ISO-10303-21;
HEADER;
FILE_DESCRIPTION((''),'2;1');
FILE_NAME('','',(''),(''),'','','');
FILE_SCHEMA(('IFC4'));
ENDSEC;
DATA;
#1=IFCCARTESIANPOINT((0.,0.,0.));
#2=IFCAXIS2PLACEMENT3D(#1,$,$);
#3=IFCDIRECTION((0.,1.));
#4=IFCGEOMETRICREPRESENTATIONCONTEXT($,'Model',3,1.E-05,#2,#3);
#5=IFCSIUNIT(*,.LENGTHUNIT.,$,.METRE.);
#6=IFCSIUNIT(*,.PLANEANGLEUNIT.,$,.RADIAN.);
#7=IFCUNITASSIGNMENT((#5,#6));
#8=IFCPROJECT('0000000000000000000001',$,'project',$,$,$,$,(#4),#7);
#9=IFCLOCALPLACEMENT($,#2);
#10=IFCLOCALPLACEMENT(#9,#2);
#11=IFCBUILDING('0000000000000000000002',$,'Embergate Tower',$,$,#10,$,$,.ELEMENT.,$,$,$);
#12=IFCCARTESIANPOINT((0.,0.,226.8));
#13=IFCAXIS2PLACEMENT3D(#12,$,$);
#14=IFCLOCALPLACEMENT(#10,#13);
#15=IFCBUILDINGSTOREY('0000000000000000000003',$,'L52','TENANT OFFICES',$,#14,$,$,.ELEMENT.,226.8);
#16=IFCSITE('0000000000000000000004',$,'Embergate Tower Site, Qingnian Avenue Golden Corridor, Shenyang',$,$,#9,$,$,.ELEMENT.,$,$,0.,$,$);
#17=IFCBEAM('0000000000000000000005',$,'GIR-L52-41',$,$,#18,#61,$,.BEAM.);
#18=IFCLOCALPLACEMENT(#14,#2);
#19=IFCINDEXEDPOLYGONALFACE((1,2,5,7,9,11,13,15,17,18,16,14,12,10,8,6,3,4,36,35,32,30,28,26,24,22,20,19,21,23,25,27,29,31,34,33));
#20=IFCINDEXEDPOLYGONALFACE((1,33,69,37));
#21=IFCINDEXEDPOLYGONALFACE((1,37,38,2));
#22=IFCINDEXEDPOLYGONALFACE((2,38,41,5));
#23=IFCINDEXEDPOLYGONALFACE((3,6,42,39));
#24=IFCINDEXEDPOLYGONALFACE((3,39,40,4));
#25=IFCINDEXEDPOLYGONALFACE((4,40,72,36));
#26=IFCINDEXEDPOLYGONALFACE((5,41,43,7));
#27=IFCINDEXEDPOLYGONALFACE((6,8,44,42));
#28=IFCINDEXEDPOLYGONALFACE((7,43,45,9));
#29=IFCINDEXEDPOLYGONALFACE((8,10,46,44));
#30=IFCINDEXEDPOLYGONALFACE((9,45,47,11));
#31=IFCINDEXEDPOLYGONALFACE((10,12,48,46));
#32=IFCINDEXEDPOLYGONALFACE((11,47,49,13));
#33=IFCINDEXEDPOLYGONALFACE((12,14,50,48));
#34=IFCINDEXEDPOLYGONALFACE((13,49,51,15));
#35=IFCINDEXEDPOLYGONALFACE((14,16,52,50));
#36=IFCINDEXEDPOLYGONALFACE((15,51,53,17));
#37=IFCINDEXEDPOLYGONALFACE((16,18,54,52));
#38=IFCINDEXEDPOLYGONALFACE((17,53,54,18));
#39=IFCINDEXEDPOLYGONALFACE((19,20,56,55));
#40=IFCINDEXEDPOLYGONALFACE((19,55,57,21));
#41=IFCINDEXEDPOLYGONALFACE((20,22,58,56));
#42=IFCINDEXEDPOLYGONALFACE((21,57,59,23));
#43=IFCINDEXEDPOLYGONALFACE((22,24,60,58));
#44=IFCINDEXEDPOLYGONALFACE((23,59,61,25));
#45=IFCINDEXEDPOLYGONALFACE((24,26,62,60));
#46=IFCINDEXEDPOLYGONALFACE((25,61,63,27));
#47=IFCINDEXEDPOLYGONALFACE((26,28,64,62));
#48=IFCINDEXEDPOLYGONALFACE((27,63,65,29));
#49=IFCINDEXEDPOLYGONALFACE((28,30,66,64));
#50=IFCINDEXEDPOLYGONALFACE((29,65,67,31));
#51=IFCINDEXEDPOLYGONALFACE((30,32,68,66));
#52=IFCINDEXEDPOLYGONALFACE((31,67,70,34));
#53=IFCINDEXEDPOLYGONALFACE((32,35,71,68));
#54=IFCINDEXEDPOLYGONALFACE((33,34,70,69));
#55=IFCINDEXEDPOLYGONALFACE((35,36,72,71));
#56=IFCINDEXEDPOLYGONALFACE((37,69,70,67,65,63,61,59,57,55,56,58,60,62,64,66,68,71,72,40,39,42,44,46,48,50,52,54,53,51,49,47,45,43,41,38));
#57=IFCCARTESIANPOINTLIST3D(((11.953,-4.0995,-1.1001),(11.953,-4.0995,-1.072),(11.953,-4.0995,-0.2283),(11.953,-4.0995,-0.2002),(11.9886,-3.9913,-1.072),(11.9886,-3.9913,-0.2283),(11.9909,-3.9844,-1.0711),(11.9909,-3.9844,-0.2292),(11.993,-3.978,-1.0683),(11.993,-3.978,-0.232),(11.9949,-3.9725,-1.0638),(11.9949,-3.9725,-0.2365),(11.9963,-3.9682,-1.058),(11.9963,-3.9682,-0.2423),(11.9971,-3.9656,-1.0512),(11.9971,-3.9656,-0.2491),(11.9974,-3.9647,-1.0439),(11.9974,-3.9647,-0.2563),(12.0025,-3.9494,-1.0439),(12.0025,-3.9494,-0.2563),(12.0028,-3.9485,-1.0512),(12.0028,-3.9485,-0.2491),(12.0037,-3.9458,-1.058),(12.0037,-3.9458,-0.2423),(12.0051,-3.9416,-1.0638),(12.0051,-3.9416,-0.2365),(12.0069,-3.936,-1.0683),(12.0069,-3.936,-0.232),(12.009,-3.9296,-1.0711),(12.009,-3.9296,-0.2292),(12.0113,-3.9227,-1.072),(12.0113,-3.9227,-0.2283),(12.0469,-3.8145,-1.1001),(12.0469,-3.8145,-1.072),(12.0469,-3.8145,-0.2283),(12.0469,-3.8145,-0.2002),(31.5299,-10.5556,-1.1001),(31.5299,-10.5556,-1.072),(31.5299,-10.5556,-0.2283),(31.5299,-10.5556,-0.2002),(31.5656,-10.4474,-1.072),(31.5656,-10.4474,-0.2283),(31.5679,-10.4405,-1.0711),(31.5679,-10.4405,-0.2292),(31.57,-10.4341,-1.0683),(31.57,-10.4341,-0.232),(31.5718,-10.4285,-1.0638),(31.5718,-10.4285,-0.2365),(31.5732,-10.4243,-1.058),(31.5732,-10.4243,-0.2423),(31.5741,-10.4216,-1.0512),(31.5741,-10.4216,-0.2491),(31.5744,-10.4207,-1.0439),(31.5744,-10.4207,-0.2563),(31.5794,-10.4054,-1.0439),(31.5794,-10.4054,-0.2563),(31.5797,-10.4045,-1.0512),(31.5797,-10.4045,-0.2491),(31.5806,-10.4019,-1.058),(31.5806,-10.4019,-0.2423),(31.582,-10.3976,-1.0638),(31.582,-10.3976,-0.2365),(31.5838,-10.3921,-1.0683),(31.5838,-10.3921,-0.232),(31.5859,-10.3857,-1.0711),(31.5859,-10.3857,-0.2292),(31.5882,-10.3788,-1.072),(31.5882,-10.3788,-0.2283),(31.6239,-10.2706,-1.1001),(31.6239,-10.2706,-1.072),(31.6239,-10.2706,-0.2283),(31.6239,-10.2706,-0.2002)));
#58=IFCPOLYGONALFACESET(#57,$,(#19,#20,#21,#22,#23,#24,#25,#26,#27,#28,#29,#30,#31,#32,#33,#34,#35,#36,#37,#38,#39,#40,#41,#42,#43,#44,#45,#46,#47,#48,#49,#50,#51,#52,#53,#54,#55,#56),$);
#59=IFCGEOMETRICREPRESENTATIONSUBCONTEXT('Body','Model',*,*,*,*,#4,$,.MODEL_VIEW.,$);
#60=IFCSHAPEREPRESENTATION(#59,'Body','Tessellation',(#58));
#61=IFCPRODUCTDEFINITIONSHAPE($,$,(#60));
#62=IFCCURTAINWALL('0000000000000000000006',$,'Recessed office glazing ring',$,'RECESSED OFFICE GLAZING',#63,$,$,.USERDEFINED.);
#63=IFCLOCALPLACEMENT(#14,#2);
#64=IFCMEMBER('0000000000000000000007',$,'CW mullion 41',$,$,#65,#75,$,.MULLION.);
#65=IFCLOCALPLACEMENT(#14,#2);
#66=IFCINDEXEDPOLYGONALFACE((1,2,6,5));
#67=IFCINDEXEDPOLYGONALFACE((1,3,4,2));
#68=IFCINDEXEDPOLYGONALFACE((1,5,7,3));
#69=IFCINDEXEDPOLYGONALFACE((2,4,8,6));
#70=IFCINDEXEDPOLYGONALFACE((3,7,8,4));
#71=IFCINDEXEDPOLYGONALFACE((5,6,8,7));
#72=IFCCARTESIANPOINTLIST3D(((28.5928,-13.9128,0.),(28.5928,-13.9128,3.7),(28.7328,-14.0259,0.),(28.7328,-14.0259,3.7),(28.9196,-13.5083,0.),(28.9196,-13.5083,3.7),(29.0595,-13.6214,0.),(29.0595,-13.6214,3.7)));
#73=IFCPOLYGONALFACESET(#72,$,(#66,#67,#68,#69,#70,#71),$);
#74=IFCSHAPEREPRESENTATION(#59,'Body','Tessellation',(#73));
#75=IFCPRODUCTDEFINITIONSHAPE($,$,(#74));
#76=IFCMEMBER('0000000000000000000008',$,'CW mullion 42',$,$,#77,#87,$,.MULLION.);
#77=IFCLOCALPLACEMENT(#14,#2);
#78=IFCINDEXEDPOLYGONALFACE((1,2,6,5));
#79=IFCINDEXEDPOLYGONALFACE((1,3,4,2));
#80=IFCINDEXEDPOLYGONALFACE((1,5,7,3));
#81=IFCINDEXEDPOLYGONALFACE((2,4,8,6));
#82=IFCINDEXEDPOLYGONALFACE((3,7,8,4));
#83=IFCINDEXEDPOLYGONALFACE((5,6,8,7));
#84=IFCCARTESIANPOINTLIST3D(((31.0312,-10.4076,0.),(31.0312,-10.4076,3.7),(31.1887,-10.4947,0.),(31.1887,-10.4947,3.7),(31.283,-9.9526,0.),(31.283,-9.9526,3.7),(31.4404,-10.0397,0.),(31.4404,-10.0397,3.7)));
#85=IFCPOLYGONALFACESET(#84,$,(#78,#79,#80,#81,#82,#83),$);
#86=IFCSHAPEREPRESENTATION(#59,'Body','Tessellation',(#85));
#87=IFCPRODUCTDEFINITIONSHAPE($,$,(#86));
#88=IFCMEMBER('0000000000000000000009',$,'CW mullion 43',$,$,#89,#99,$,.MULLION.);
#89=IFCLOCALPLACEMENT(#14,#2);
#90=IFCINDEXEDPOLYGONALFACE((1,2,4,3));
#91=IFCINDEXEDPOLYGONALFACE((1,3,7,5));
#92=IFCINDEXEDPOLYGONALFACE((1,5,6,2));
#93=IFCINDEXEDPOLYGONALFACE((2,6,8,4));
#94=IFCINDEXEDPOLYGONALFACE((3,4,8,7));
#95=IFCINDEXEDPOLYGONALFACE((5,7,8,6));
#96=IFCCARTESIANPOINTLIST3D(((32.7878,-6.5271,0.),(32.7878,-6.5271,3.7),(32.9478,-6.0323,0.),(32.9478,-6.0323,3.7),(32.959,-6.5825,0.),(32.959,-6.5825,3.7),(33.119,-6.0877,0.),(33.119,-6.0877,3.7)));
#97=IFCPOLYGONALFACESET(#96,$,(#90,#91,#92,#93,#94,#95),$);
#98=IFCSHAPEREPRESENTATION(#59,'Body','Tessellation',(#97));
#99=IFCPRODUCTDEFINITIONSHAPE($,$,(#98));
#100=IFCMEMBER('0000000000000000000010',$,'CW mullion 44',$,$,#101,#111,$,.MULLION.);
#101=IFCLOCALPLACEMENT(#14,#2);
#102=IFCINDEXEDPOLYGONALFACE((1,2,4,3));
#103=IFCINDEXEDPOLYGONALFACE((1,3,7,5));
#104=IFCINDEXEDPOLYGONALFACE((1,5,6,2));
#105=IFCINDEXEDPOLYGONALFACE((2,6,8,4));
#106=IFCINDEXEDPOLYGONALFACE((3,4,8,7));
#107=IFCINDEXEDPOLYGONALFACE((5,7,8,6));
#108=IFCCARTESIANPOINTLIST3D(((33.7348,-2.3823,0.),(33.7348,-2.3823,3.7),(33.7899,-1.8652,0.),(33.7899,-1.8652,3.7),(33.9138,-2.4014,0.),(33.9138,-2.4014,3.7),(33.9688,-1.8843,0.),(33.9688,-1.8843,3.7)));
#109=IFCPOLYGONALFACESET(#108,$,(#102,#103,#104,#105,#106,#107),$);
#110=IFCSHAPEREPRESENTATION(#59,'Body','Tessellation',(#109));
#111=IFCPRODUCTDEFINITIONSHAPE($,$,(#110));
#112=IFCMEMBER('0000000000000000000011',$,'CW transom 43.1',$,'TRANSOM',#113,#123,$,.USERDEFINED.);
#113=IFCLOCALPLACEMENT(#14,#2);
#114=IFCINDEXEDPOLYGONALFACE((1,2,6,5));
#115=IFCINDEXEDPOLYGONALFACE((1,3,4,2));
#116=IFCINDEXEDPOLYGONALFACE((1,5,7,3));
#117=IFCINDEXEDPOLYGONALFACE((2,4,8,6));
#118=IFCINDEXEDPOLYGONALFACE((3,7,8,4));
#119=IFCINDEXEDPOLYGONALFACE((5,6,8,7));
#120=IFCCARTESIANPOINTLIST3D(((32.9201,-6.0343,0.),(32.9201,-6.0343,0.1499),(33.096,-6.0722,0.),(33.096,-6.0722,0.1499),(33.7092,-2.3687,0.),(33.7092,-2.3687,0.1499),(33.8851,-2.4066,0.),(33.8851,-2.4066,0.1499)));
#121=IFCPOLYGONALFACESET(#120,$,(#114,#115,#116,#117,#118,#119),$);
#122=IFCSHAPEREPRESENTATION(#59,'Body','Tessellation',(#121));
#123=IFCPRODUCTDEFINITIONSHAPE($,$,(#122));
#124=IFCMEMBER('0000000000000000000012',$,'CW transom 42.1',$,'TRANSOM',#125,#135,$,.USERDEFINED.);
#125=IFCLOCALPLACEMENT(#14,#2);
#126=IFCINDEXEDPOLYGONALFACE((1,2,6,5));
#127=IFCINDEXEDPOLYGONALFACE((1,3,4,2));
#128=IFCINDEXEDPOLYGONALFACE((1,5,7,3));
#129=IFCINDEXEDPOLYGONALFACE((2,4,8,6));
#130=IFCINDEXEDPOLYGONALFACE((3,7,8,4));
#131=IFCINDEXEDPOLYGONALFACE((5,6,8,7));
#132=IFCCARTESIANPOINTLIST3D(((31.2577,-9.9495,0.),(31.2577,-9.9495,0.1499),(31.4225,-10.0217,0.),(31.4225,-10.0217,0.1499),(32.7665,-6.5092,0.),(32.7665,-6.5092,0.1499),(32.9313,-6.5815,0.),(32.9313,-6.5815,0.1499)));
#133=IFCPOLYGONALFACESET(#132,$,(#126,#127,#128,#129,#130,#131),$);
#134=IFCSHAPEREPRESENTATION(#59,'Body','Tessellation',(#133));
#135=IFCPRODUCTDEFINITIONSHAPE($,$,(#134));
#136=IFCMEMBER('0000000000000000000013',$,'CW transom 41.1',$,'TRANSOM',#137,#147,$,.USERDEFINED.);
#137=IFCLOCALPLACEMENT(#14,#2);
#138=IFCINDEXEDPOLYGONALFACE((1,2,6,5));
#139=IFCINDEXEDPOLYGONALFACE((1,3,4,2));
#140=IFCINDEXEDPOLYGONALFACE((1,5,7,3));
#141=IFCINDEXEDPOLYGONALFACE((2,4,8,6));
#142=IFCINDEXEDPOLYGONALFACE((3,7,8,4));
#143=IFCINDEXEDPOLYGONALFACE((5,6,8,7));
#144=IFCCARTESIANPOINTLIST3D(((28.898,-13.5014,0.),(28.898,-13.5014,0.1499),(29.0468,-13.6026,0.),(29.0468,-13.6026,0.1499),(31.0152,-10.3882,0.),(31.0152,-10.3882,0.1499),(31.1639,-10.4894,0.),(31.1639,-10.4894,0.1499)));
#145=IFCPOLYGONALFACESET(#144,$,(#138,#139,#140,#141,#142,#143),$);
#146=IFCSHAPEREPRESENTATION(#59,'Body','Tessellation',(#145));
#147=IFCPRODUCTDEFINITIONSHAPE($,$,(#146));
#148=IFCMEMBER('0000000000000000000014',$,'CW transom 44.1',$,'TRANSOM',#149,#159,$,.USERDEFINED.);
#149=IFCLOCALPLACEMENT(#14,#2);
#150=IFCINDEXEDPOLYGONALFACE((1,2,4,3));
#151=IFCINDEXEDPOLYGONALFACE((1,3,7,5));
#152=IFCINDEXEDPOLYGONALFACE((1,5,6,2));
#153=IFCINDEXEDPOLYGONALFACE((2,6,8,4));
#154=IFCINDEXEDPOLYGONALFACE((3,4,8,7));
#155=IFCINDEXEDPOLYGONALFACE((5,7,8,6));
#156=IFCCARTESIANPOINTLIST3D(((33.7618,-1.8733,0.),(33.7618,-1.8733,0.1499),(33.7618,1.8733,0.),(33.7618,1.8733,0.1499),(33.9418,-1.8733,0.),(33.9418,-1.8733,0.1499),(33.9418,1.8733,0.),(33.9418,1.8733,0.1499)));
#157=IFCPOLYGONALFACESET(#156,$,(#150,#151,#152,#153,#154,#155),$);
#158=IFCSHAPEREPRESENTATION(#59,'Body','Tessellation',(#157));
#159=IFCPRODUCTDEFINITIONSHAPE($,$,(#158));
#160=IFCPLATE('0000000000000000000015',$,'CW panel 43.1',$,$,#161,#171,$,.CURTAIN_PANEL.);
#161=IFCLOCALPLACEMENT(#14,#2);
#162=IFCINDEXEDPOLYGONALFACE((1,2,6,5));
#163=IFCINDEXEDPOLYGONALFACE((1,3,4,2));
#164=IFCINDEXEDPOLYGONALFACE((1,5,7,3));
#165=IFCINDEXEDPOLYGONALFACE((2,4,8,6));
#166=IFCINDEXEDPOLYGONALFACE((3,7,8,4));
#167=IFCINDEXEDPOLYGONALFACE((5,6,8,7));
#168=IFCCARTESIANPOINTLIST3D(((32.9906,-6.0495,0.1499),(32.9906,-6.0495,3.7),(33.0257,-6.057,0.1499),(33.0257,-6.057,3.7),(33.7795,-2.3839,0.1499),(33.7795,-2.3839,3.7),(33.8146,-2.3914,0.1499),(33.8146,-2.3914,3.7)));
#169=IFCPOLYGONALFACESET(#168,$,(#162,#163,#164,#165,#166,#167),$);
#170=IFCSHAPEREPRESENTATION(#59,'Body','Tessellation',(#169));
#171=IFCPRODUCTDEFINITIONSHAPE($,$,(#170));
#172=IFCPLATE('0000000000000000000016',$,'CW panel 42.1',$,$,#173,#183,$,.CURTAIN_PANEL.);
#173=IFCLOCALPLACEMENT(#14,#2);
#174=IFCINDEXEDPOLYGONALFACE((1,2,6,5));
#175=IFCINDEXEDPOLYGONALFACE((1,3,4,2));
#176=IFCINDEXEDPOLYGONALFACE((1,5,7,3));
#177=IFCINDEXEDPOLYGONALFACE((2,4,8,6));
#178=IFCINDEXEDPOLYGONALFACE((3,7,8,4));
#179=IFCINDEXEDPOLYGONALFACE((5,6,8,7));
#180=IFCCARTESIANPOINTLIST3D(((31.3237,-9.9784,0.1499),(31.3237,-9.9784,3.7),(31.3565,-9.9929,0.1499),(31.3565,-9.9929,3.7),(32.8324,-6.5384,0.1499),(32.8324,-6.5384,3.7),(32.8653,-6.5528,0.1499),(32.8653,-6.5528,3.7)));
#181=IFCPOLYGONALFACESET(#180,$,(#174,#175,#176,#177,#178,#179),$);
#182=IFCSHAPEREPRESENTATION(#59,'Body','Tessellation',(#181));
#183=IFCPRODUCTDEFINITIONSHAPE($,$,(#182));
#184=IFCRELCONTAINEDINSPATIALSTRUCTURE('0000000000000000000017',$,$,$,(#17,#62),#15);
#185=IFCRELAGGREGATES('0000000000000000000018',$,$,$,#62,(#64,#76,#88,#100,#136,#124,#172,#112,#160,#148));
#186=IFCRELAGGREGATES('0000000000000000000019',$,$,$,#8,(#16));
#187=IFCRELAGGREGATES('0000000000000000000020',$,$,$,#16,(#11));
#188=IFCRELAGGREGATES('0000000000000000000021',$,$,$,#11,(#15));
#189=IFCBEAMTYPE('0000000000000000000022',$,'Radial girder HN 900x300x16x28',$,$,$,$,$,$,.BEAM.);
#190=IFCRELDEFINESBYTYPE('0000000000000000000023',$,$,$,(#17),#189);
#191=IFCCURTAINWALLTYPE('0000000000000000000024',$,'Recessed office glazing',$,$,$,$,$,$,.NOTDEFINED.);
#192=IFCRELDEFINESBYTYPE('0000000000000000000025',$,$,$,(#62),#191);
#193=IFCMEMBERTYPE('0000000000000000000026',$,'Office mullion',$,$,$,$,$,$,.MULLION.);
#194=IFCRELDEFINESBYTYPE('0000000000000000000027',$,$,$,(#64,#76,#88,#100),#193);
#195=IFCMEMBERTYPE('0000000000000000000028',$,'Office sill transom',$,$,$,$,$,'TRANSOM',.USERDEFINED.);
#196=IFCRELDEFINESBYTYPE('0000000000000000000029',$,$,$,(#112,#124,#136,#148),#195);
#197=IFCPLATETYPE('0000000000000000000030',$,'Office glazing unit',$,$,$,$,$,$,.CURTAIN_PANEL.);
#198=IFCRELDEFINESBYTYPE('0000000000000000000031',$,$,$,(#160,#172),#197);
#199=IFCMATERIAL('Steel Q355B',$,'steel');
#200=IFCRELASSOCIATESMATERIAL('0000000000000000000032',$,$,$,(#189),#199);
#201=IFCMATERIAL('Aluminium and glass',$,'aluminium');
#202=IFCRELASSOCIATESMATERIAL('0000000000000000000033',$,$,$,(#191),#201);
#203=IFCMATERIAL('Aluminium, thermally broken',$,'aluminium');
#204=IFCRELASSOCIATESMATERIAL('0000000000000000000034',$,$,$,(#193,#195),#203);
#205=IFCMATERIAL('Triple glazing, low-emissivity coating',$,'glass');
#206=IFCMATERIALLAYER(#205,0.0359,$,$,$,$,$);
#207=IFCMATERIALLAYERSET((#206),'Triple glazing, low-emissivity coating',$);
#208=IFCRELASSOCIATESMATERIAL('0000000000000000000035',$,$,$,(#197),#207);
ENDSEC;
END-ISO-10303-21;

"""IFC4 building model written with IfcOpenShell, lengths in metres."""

from ifc_helpers import new_model, si_unit, direction, frame, origin, origin_2d, place, context, subcontext, project, spatial, rectangle, i_section, extrude, source, transform, mapped, material, layer, layer_set, material_profile, profile_set, type_object, element, aggregate, save


model = new_model("IFC4")

# Units and contexts
model_context = context("Model", 3, precision=1e-05, world=origin(), true_north=direction((0.0, 1.0)))
body_context = subcontext(model_context, "Body", "Model", "MODEL_VIEW")
ifc_project = project(units=[si_unit("LENGTHUNIT", "METRE"), si_unit("PLANEANGLEUNIT", "RADIAN")], contexts=[model_context])

# Site, building, storey
site_placement = place(None, origin())
site = spatial("IfcSite", under=ifc_project, at=site_placement, Name="Embergate Tower Site, Qingnian Avenue Golden Corridor, Shenyang", CompositionType="ELEMENT", RefElevation=0.0)
building_placement = place(site_placement, origin())
building = spatial("IfcBuilding", under=site, at=building_placement, Name="Embergate Tower", CompositionType="ELEMENT")
storey_placement = place(building_placement, frame((0.0, 0.0, 226.8)))
storey = spatial("IfcBuildingStorey", under=building, at=storey_placement, Name="L52", Description="TENANT OFFICES", CompositionType="ELEMENT", Elevation=226.8)

# Beam
ifc_material_1 = material(Name="Steel Q355B", Category="steel")
ifc_material_profile_1 = material_profile(ifc_material_1, i_section(OverallWidth=0.3, OverallDepth=0.8999, WebThickness=0.0161, FlangeThickness=0.0281, FilletRadius=0.0281, at=origin_2d()), Name="HN 900x300x16x28")
ifc_profile_set_1 = profile_set([ifc_material_profile_1], Name="Steel Q355 grade B")
beam_type_1 = type_object("IfcBeamType", Name="Radial girder HN 900x300x16x28", PredefinedType="BEAM", material=ifc_profile_set_1)
shared_shape_1 = source(origin(), body_context, "Body", "SweptSolid", [
    extrude(i_section(OverallWidth=0.3, OverallDepth=0.8999, WebThickness=0.0161, FlangeThickness=0.0281, FilletRadius=0.0281, at=origin_2d()), origin(), (0.0, 0.0, 1.0), 20.614),
])
beam_1_placement = place(storey_placement, frame((31.5769, -10.4131, -0.6501), z_axis=(-0.949691, 0.313188, 0.0), x_axis=(-0.313188, -0.949691, 0.0)))
element("IfcBeam", 1, at=beam_1_placement, inside=storey, type_object=beam_type_1, Name="GIR-L52-41", PredefinedType="BEAM", context=body_context, shape_type="MappedRepresentation", body=[
    mapped(shared_shape_1, transform((0.0, 0.0, 0.0))),
])

# Curtain wall, members, plates
ifc_material_2 = material(Name="Aluminium and glass", Category="aluminium")
curtain_wall_type = type_object("IfcCurtainWallType", Name="Recessed office glazing", PredefinedType="NOTDEFINED", material=ifc_material_2)
curtain_wall_placement = place(storey_placement, origin())
curtain_wall = element("IfcCurtainWall", 2, at=curtain_wall_placement, inside=storey, type_object=curtain_wall_type, Name="Recessed office glazing ring", ObjectType="RECESSED OFFICE GLAZING", PredefinedType="USERDEFINED")
ifc_material_3 = material(Name="Aluminium, thermally broken", Category="aluminium")
ifc_material_profile_2 = material_profile(ifc_material_3, rectangle(XDim=0.1799, YDim=0.52, at=origin_2d()), Name="AL 520x180")
ifc_profile_set_2 = profile_set([ifc_material_profile_2], Name="Aluminium, thermally broken")
member_type_1 = type_object("IfcMemberType", Name="Office mullion", PredefinedType="MULLION", material=ifc_profile_set_2)
shared_shape_2 = source(origin(), body_context, "Body", "SweptSolid", [
    extrude(rectangle(XDim=0.1799, YDim=0.52, at=origin_2d()), origin(), (0.0, 0.0, 1.0), 3.7),
])
member_1_placement = place(storey_placement, frame((28.8262, -13.7671, 0.0), z_axis=(0.0, 0.0, 1.0), x_axis=(-0.777873, 0.628422, 0.0)))
member_1 = element("IfcMember", 3, at=member_1_placement, type_object=member_type_1, Name="CW mullion 41", PredefinedType="MULLION", context=body_context, shape_type="MappedRepresentation", body=[
    mapped(shared_shape_2, transform((0.0, 0.0, 0.0))),
])
member_2_placement = place(storey_placement, frame((31.2358, -10.2236, 0.0), z_axis=(0.0, 0.0, 1.0), x_axis=(-0.875001, 0.484121, 0.0)))
member_2 = element("IfcMember", 4, at=member_2_placement, type_object=member_type_1, Name="CW mullion 42", PredefinedType="MULLION", context=body_context, shape_type="MappedRepresentation", body=[
    mapped(shared_shape_2, transform((0.0, 0.0, 0.0))),
])
member_3_placement = place(storey_placement, frame((32.9534, -6.3074, 0.0), z_axis=(0.0, 0.0, 1.0), x_axis=(-0.951497, 0.307657, 0.0)))
member_3 = element("IfcMember", 5, at=member_3_placement, type_object=member_type_1, Name="CW mullion 43", PredefinedType="MULLION", context=body_context, shape_type="MappedRepresentation", body=[
    mapped(shared_shape_2, transform((0.0, 0.0, 0.0))),
])
member_4_placement = place(storey_placement, frame((33.8518, -2.1333, 0.0), z_axis=(0.0, 0.0, 1.0), x_axis=(-0.994385, 0.105825, 0.0)))
member_4 = element("IfcMember", 6, at=member_4_placement, type_object=member_type_1, Name="CW mullion 44", PredefinedType="MULLION", context=body_context, shape_type="MappedRepresentation", body=[
    mapped(shared_shape_2, transform((0.0, 0.0, 0.0))),
])
ifc_material_profile_3 = material_profile(ifc_material_3, rectangle(XDim=0.1799, YDim=0.1499, at=origin_2d()), Name="AL 150x180")
ifc_profile_set_3 = profile_set([ifc_material_profile_3], Name="Aluminium, thermally broken")
member_type_2 = type_object("IfcMemberType", Name="Office sill transom", ElementType="TRANSOM", PredefinedType="USERDEFINED", material=ifc_profile_set_3)
shared_shape_3 = source(origin(), body_context, "Body", "SweptSolid", [
    extrude(rectangle(XDim=0.1799, YDim=0.1499, at=origin_2d()), origin(), (0.0, 0.0, 1.0), 3.7495),
])
member_5_placement = place(storey_placement, frame((33.0081, -6.0532, 0.075), z_axis=(0.210445, 0.977606, 0.0), x_axis=(-0.977606, 0.210445, 0.0)))
member_5 = element("IfcMember", 7, at=member_5_placement, type_object=member_type_2, Name="CW transom 43.1", ObjectType="TRANSOM", PredefinedType="USERDEFINED", context=body_context, shape_type="MappedRepresentation", body=[
    mapped(shared_shape_3, transform((0.0, 0.0, 0.0))),
])
shared_shape_4 = source(origin(), body_context, "Body", "SweptSolid", [
    extrude(rectangle(XDim=0.1799, YDim=0.1499, at=origin_2d()), origin(), (0.0, 0.0, 1.0), 3.7566),
])
member_6_placement = place(storey_placement, frame((31.3401, -9.9856, 0.075), z_axis=(0.401647, 0.915794, 0.0), x_axis=(-0.915794, 0.401647, 0.0)))
member_6 = element("IfcMember", 8, at=member_6_placement, type_object=member_type_2, Name="CW transom 42.1", ObjectType="TRANSOM", PredefinedType="USERDEFINED", context=body_context, shape_type="MappedRepresentation", body=[
    mapped(shared_shape_4, transform((0.0, 0.0, 0.0))),
])
shared_shape_5 = source(origin(), body_context, "Body", "SweptSolid", [
    extrude(rectangle(XDim=0.1799, YDim=0.1499, at=origin_2d()), origin(), (0.0, 0.0, 1.0), 3.7649),
])
member_7_placement = place(storey_placement, frame((28.9724, -13.552, 0.075), z_axis=(0.562338, 0.826907, 0.0), x_axis=(-0.826907, 0.562338, 0.0)))
member_7 = element("IfcMember", 9, at=member_7_placement, type_object=member_type_2, Name="CW transom 41.1", ObjectType="TRANSOM", PredefinedType="USERDEFINED", context=body_context, shape_type="MappedRepresentation", body=[
    mapped(shared_shape_5, transform((0.0, 0.0, 0.0))),
])
shared_shape_6 = source(origin(), body_context, "Body", "SweptSolid", [
    extrude(rectangle(XDim=0.1799, YDim=0.1499, at=origin_2d()), origin(), (0.0, 0.0, 1.0), 3.7466),
])
member_8_placement = place(storey_placement, frame((33.8518, -1.8733, 0.075), z_axis=(0.0, 1.0, 0.0), x_axis=(-1.0, 0.0, 0.0)))
member_8 = element("IfcMember", 10, at=member_8_placement, type_object=member_type_2, Name="CW transom 44.1", ObjectType="TRANSOM", PredefinedType="USERDEFINED", context=body_context, shape_type="MappedRepresentation", body=[
    mapped(shared_shape_6, transform((0.0, 0.0, 0.0))),
])
ifc_material_4 = material(Name="Triple glazing, low-emissivity coating", Category="glass")
ifc_layer_1 = layer(ifc_material_4, 0.0359)
ifc_layer_set_1 = layer_set([ifc_layer_1], Name="Triple glazing, low-emissivity coating")
plate_type = type_object("IfcPlateType", Name="Office glazing unit", PredefinedType="CURTAIN_PANEL", material=ifc_layer_set_1)
shared_shape_7 = source(origin(), body_context, "Body", "SweptSolid", [
    extrude(rectangle(XDim=3.7495, YDim=0.0359, at=origin_2d()), origin(), (0.0, 0.0, 1.0), 3.55),
])
plate_1_placement = place(storey_placement, frame((33.4026, -4.2205, 0.1499), z_axis=(0.0, 0.0, 1.0), x_axis=(0.210397, 0.977616, 0.0)))
plate_1 = element("IfcPlate", 11, at=plate_1_placement, type_object=plate_type, Name="CW panel 43.1", PredefinedType="CURTAIN_PANEL", context=body_context, shape_type="MappedRepresentation", body=[
    mapped(shared_shape_7, transform((0.0, 0.0, 0.0))),
])
shared_shape_8 = source(origin(), body_context, "Body", "SweptSolid", [
    extrude(rectangle(XDim=3.7563, YDim=0.0359, at=origin_2d()), origin(), (0.0, 0.0, 1.0), 3.55),
])
plate_2_placement = place(storey_placement, frame((32.0945, -8.2656, 0.1499), z_axis=(0.0, 0.0, 1.0), x_axis=(0.401649, 0.915794, 0.0)))
plate_2 = element("IfcPlate", 12, at=plate_2_placement, type_object=plate_type, Name="CW panel 42.1", PredefinedType="CURTAIN_PANEL", context=body_context, shape_type="MappedRepresentation", body=[
    mapped(shared_shape_8, transform((0.0, 0.0, 0.0))),
])
aggregate(curtain_wall, [member_1, member_2, member_3, member_4, member_7, member_6, plate_2, member_5, plate_1, member_8])

save(model, "model.ifc")
